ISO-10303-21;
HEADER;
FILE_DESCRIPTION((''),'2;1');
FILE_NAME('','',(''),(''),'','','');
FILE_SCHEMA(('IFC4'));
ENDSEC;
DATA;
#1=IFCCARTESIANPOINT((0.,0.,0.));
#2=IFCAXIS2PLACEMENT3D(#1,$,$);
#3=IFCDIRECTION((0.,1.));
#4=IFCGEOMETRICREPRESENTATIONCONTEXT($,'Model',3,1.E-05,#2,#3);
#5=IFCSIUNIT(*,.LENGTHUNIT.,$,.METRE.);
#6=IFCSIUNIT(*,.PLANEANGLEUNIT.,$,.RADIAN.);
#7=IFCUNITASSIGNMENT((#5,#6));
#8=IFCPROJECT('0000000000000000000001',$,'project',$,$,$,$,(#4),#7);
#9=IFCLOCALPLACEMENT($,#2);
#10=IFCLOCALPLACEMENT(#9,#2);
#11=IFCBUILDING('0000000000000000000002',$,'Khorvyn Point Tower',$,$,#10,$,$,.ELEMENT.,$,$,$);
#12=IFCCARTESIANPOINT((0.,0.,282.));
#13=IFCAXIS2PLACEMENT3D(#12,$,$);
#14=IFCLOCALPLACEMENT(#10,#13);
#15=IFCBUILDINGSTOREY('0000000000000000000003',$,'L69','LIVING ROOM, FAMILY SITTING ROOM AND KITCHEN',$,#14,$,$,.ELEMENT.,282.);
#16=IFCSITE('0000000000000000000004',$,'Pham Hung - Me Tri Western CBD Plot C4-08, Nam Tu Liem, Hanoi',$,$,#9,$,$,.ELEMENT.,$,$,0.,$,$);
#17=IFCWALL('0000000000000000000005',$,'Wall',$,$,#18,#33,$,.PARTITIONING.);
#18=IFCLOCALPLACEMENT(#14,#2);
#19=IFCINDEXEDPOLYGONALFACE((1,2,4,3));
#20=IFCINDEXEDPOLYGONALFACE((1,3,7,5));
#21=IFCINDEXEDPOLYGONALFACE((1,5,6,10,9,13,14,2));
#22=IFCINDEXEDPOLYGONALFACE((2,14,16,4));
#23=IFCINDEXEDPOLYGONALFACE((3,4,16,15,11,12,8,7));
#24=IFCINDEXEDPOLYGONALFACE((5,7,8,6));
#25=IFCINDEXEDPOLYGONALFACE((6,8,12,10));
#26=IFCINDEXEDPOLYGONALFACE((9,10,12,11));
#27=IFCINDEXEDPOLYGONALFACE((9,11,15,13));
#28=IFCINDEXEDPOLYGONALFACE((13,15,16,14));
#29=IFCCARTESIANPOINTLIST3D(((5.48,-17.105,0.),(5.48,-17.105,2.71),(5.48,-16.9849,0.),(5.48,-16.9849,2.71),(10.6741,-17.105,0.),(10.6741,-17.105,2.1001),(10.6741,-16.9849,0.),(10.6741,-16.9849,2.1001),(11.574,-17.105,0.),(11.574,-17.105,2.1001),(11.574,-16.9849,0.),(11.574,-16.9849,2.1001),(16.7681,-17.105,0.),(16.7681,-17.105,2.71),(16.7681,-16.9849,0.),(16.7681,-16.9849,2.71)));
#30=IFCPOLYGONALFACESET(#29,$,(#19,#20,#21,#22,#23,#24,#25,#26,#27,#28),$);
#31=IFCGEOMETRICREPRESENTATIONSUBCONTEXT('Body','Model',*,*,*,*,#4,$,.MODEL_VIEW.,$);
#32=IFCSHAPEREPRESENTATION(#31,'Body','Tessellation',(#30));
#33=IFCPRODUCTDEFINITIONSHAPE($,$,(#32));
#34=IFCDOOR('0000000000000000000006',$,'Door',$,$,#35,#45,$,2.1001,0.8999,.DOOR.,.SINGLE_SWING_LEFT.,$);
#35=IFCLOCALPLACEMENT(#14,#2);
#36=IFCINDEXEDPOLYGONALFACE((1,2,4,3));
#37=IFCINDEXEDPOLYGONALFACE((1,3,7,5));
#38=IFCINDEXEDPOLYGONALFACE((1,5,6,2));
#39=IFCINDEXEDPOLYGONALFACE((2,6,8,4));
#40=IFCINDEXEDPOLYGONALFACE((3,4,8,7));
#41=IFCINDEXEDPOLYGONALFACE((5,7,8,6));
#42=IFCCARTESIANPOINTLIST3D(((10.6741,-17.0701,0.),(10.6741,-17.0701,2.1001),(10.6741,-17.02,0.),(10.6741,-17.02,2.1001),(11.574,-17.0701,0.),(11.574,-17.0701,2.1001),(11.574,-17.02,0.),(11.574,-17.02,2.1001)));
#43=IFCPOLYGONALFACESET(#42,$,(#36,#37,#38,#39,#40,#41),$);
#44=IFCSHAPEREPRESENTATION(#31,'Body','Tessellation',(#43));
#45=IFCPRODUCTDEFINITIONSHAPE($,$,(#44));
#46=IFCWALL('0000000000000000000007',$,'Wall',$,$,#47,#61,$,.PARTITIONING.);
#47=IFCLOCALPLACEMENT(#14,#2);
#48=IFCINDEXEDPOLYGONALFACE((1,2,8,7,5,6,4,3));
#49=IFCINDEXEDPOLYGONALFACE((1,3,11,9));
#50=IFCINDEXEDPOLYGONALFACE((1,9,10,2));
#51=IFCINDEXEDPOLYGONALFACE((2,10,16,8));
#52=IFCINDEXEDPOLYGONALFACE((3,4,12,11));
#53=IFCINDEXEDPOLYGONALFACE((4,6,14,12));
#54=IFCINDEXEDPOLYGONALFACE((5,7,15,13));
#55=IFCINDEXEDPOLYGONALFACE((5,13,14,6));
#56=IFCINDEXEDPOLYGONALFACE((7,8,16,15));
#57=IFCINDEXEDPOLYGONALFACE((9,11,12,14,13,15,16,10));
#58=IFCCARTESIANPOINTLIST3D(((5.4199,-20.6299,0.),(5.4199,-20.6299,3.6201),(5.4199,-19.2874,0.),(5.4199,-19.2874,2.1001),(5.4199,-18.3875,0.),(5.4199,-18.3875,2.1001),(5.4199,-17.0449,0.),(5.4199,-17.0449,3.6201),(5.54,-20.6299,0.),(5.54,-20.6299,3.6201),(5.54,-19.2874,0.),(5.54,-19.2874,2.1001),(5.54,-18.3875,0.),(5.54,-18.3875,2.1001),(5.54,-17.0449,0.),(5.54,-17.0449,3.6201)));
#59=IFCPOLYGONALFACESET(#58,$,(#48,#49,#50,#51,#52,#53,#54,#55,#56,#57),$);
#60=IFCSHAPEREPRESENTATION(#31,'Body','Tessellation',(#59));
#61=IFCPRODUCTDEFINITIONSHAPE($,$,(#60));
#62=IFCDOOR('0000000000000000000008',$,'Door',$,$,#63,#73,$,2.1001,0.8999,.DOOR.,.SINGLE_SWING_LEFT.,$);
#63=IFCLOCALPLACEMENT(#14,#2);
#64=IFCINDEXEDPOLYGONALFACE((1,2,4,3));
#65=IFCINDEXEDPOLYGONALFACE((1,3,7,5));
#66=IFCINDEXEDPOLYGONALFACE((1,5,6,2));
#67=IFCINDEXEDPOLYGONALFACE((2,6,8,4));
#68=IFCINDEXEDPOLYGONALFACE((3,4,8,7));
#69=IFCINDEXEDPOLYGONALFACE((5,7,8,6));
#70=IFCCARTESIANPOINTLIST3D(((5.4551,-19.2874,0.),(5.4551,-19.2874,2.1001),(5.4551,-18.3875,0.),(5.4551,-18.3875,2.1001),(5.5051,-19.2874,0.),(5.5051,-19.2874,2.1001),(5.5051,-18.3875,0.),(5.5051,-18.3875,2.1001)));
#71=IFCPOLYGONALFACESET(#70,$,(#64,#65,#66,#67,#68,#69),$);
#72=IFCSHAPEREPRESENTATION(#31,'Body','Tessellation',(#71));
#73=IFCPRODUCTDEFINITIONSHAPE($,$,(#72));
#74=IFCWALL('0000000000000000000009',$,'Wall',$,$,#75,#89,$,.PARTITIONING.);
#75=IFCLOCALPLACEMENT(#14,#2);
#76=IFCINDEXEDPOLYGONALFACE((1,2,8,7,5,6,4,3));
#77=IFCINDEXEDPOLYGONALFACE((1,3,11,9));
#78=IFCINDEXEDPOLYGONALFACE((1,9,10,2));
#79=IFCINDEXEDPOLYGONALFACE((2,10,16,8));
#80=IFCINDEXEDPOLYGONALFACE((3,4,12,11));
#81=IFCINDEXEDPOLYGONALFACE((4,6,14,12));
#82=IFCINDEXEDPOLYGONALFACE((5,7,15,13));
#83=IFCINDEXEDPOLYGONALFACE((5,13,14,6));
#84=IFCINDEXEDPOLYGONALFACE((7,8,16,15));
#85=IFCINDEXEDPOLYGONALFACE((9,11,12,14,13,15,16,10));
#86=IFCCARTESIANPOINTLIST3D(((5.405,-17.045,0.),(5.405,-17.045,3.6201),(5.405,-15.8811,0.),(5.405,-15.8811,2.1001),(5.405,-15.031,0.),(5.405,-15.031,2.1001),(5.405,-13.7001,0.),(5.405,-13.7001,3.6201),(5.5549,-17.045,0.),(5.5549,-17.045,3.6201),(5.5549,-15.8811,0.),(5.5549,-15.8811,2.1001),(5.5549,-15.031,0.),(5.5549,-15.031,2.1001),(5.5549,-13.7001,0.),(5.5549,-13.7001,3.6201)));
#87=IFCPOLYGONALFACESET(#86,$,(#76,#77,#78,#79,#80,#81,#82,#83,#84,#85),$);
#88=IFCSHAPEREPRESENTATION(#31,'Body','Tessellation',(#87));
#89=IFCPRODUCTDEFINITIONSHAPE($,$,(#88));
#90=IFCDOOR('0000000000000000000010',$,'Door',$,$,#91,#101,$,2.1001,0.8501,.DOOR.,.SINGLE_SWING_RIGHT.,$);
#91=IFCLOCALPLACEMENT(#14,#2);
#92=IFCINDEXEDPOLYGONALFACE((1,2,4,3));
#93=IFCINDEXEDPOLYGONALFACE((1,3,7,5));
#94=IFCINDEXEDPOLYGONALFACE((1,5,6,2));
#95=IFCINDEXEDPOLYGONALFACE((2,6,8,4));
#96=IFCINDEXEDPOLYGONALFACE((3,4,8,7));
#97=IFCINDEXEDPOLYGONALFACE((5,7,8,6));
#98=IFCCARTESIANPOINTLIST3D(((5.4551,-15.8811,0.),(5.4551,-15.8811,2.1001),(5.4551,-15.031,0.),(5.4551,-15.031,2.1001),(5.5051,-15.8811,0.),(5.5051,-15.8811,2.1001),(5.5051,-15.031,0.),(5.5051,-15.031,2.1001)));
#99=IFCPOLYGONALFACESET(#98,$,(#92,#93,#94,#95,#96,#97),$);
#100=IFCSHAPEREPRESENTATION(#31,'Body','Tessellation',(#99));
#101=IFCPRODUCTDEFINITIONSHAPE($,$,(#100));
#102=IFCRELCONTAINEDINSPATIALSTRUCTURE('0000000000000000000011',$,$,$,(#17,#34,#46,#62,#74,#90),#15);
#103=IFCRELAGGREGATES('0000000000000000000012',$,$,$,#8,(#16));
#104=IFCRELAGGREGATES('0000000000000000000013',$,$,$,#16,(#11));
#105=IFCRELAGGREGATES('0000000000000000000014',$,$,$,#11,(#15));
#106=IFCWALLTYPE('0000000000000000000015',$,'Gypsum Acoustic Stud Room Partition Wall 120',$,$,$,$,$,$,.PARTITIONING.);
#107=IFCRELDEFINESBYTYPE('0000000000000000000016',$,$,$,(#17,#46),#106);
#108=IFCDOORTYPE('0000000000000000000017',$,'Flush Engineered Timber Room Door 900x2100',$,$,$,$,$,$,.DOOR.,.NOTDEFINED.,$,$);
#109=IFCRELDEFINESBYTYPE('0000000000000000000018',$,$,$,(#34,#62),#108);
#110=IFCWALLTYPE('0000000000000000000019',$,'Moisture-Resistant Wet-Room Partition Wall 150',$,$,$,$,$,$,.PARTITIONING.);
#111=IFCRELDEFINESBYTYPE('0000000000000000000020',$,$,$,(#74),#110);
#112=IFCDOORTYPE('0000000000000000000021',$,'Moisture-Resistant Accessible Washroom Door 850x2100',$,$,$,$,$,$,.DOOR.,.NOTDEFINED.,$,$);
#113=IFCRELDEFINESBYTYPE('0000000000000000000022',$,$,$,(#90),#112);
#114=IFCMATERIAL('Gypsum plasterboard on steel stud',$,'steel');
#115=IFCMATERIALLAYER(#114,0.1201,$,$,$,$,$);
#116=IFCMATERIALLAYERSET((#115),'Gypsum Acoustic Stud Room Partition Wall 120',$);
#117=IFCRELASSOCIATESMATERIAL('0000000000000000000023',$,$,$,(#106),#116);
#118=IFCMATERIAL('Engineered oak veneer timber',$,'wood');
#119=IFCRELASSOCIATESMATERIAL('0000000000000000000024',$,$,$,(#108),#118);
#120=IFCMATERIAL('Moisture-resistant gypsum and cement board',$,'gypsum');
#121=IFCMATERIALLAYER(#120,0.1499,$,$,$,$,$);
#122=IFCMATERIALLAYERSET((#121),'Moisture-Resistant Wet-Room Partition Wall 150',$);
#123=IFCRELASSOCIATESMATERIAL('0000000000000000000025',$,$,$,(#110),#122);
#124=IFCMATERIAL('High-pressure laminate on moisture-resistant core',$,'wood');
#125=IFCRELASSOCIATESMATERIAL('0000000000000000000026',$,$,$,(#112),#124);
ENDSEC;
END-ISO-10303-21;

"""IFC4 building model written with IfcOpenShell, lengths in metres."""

from ifc_helpers import new_model, si_unit, direction, frame, frame_2d, origin, place, context, subcontext, project, spatial, rectangle, extrude, material, layer, layer_set, type_object, element, fill, save


model = new_model("IFC4")

# Units and contexts
model_context = context("Model", 3, precision=1e-05, world=origin(), true_north=direction((0.0, 1.0)))
body_context = subcontext(model_context, "Body", "Model", "MODEL_VIEW")
ifc_project = project(units=[si_unit("LENGTHUNIT", "METRE"), si_unit("PLANEANGLEUNIT", "RADIAN")], contexts=[model_context])

# Site, building, storey
site_placement = place(None, origin())
site = spatial("IfcSite", under=ifc_project, at=site_placement, Name="Pham Hung - Me Tri Western CBD Plot C4-08, Nam Tu Liem, Hanoi", CompositionType="ELEMENT", RefElevation=0.0)
building_placement = place(site_placement, origin())
building = spatial("IfcBuilding", under=site, at=building_placement, Name="Khorvyn Point Tower", CompositionType="ELEMENT")
storey_placement = place(building_placement, frame((0.0, 0.0, 282.0)))
storey = spatial("IfcBuildingStorey", under=building, at=storey_placement, Name="L69", Description="LIVING ROOM, FAMILY SITTING ROOM AND KITCHEN", CompositionType="ELEMENT", Elevation=282.0)

# Walls, openings, doors
ifc_material_1 = material(Name="Gypsum plasterboard on steel stud", Category="steel")
ifc_layer_1 = layer(ifc_material_1, 0.1201)
ifc_layer_set_1 = layer_set([ifc_layer_1], Name="Gypsum Acoustic Stud Room Partition Wall 120")
wall_type_1 = type_object("IfcWallType", Name="Gypsum Acoustic Stud Room Partition Wall 120", PredefinedType="PARTITIONING", material=ifc_layer_set_1)
wall_1_placement = place(storey_placement, frame((5.48, -17.0449, 0.0), z_axis=(0.0, 0.0, 1.0), x_axis=(1.0, 0.0, 0.0)))
wall_1 = element("IfcWall", 1, at=wall_1_placement, inside=storey, type_object=wall_type_1, Name="Wall", PredefinedType="PARTITIONING", context=body_context, shape_type="SweptSolid", body=[
    extrude(rectangle(XDim=11.2881, YDim=0.1201, at=frame_2d((5.644, 0.0))), origin(), (0.0, 0.0, 1.0), 2.71),
])
opening_1_placement = place(wall_1_placement, frame((5.1941, 0.0, 0.0)))
opening_1 = element("IfcOpeningElement", 2, at=opening_1_placement, cuts=wall_1, PredefinedType="OPENING", context=body_context, shape_type="SweptSolid", body=[
    extrude(rectangle(XDim=0.8999, YDim=2.1001, at=frame_2d((0.45, 1.05))), frame((0.0, 0.0701, 0.0), z_axis=(0.0, -1.0, 0.0), x_axis=(1.0, 0.0, 0.0)), (0.0, 0.0, 1.0), 0.1401),
])
ifc_material_2 = material(Name="Engineered oak veneer timber", Category="wood")
door_type_1 = type_object("IfcDoorType", Name="Flush Engineered Timber Room Door 900x2100", OperationType="NOTDEFINED", PredefinedType="DOOR", material=ifc_material_2)
door_1_placement = place(opening_1_placement, origin())
door_1 = element("IfcDoor", 3, at=door_1_placement, inside=storey, type_object=door_type_1, Name="Door", OperationType="SINGLE_SWING_LEFT", OverallHeight=2.1001, OverallWidth=0.8999, PredefinedType="DOOR", context=body_context, shape_type="SweptSolid", body=[
    extrude(rectangle(XDim=0.8999, YDim=2.1001, at=frame_2d((0.45, 1.05))), frame((0.0, 0.0249, 0.0), z_axis=(0.0, -1.0, 0.0), x_axis=(1.0, 0.0, 0.0)), (0.0, 0.0, 1.0), 0.05),
])
fill(opening_1, door_1)
wall_2_placement = place(storey_placement, frame((5.48, -20.6299, 0.0), z_axis=(0.0, 0.0, 1.0), x_axis=(0.0, 1.0, 0.0)))
wall_2 = element("IfcWall", 4, at=wall_2_placement, inside=storey, type_object=wall_type_1, Name="Wall", PredefinedType="PARTITIONING", context=body_context, shape_type="SweptSolid", body=[
    extrude(rectangle(XDim=3.585, YDim=0.1201, at=frame_2d((1.7925, 0.0))), origin(), (0.0, 0.0, 1.0), 3.6201),
])
opening_2_placement = place(wall_2_placement, frame((1.3425, 0.0, 0.0)))
opening_2 = element("IfcOpeningElement", 5, at=opening_2_placement, cuts=wall_2, PredefinedType="OPENING", context=body_context, shape_type="SweptSolid", body=[
    extrude(rectangle(XDim=0.8999, YDim=2.1001, at=frame_2d((0.45, 1.05))), frame((0.0, 0.0701, 0.0), z_axis=(0.0, -1.0, 0.0), x_axis=(1.0, 0.0, 0.0)), (0.0, 0.0, 1.0), 0.1401),
])
door_2_placement = place(opening_2_placement, origin())
door_2 = element("IfcDoor", 6, at=door_2_placement, inside=storey, type_object=door_type_1, Name="Door", OperationType="SINGLE_SWING_LEFT", OverallHeight=2.1001, OverallWidth=0.8999, PredefinedType="DOOR", context=body_context, shape_type="SweptSolid", body=[
    extrude(rectangle(XDim=0.8999, YDim=2.1001, at=frame_2d((0.45, 1.05))), frame((0.0, 0.0249, 0.0), z_axis=(0.0, -1.0, 0.0), x_axis=(1.0, 0.0, 0.0)), (0.0, 0.0, 1.0), 0.05),
])
fill(opening_2, door_2)
ifc_material_3 = material(Name="Moisture-resistant gypsum and cement board", Category="gypsum")
ifc_layer_2 = layer(ifc_material_3, 0.1499)
ifc_layer_set_2 = layer_set([ifc_layer_2], Name="Moisture-Resistant Wet-Room Partition Wall 150")
wall_type_2 = type_object("IfcWallType", Name="Moisture-Resistant Wet-Room Partition Wall 150", PredefinedType="PARTITIONING", material=ifc_layer_set_2)
wall_3_placement = place(storey_placement, frame((5.48, -17.0449, 0.0), z_axis=(0.0, 0.0, 1.0), x_axis=(0.0, 1.0, 0.0)))
wall_3 = element("IfcWall", 7, at=wall_3_placement, inside=storey, type_object=wall_type_2, Name="Wall", PredefinedType="PARTITIONING", context=body_context, shape_type="SweptSolid", body=[
    extrude(rectangle(XDim=3.345, YDim=0.1499, at=frame_2d((1.6724, 0.0))), origin(), (0.0, 0.0, 1.0), 3.6201),
])
opening_3_placement = place(wall_3_placement, frame((1.1638, 0.0, 0.0)))
opening_3 = element("IfcOpeningElement", 8, at=opening_3_placement, cuts=wall_3, PredefinedType="OPENING", context=body_context, shape_type="SweptSolid", body=[
    extrude(rectangle(XDim=0.8501, YDim=2.1001, at=frame_2d((0.425, 1.05))), frame((0.0, 0.085, 0.0), z_axis=(0.0, -1.0, 0.0), x_axis=(1.0, 0.0, 0.0)), (0.0, 0.0, 1.0), 0.1699),
])
ifc_material_4 = material(Name="High-pressure laminate on moisture-resistant core", Category="wood")
door_type_2 = type_object("IfcDoorType", Name="Moisture-Resistant Accessible Washroom Door 850x2100", OperationType="NOTDEFINED", PredefinedType="DOOR", material=ifc_material_4)
door_3_placement = place(opening_3_placement, origin())
door_3 = element("IfcDoor", 9, at=door_3_placement, inside=storey, type_object=door_type_2, Name="Door", OperationType="SINGLE_SWING_RIGHT", OverallHeight=2.1001, OverallWidth=0.8501, PredefinedType="DOOR", context=body_context, shape_type="SweptSolid", body=[
    extrude(rectangle(XDim=0.8501, YDim=2.1001, at=frame_2d((0.425, 1.05))), frame((0.0, 0.0249, 0.0), z_axis=(0.0, -1.0, 0.0), x_axis=(1.0, 0.0, 0.0)), (0.0, 0.0, 1.0), 0.05),
])
fill(opening_3, door_3)

save(model, "model.ifc")
